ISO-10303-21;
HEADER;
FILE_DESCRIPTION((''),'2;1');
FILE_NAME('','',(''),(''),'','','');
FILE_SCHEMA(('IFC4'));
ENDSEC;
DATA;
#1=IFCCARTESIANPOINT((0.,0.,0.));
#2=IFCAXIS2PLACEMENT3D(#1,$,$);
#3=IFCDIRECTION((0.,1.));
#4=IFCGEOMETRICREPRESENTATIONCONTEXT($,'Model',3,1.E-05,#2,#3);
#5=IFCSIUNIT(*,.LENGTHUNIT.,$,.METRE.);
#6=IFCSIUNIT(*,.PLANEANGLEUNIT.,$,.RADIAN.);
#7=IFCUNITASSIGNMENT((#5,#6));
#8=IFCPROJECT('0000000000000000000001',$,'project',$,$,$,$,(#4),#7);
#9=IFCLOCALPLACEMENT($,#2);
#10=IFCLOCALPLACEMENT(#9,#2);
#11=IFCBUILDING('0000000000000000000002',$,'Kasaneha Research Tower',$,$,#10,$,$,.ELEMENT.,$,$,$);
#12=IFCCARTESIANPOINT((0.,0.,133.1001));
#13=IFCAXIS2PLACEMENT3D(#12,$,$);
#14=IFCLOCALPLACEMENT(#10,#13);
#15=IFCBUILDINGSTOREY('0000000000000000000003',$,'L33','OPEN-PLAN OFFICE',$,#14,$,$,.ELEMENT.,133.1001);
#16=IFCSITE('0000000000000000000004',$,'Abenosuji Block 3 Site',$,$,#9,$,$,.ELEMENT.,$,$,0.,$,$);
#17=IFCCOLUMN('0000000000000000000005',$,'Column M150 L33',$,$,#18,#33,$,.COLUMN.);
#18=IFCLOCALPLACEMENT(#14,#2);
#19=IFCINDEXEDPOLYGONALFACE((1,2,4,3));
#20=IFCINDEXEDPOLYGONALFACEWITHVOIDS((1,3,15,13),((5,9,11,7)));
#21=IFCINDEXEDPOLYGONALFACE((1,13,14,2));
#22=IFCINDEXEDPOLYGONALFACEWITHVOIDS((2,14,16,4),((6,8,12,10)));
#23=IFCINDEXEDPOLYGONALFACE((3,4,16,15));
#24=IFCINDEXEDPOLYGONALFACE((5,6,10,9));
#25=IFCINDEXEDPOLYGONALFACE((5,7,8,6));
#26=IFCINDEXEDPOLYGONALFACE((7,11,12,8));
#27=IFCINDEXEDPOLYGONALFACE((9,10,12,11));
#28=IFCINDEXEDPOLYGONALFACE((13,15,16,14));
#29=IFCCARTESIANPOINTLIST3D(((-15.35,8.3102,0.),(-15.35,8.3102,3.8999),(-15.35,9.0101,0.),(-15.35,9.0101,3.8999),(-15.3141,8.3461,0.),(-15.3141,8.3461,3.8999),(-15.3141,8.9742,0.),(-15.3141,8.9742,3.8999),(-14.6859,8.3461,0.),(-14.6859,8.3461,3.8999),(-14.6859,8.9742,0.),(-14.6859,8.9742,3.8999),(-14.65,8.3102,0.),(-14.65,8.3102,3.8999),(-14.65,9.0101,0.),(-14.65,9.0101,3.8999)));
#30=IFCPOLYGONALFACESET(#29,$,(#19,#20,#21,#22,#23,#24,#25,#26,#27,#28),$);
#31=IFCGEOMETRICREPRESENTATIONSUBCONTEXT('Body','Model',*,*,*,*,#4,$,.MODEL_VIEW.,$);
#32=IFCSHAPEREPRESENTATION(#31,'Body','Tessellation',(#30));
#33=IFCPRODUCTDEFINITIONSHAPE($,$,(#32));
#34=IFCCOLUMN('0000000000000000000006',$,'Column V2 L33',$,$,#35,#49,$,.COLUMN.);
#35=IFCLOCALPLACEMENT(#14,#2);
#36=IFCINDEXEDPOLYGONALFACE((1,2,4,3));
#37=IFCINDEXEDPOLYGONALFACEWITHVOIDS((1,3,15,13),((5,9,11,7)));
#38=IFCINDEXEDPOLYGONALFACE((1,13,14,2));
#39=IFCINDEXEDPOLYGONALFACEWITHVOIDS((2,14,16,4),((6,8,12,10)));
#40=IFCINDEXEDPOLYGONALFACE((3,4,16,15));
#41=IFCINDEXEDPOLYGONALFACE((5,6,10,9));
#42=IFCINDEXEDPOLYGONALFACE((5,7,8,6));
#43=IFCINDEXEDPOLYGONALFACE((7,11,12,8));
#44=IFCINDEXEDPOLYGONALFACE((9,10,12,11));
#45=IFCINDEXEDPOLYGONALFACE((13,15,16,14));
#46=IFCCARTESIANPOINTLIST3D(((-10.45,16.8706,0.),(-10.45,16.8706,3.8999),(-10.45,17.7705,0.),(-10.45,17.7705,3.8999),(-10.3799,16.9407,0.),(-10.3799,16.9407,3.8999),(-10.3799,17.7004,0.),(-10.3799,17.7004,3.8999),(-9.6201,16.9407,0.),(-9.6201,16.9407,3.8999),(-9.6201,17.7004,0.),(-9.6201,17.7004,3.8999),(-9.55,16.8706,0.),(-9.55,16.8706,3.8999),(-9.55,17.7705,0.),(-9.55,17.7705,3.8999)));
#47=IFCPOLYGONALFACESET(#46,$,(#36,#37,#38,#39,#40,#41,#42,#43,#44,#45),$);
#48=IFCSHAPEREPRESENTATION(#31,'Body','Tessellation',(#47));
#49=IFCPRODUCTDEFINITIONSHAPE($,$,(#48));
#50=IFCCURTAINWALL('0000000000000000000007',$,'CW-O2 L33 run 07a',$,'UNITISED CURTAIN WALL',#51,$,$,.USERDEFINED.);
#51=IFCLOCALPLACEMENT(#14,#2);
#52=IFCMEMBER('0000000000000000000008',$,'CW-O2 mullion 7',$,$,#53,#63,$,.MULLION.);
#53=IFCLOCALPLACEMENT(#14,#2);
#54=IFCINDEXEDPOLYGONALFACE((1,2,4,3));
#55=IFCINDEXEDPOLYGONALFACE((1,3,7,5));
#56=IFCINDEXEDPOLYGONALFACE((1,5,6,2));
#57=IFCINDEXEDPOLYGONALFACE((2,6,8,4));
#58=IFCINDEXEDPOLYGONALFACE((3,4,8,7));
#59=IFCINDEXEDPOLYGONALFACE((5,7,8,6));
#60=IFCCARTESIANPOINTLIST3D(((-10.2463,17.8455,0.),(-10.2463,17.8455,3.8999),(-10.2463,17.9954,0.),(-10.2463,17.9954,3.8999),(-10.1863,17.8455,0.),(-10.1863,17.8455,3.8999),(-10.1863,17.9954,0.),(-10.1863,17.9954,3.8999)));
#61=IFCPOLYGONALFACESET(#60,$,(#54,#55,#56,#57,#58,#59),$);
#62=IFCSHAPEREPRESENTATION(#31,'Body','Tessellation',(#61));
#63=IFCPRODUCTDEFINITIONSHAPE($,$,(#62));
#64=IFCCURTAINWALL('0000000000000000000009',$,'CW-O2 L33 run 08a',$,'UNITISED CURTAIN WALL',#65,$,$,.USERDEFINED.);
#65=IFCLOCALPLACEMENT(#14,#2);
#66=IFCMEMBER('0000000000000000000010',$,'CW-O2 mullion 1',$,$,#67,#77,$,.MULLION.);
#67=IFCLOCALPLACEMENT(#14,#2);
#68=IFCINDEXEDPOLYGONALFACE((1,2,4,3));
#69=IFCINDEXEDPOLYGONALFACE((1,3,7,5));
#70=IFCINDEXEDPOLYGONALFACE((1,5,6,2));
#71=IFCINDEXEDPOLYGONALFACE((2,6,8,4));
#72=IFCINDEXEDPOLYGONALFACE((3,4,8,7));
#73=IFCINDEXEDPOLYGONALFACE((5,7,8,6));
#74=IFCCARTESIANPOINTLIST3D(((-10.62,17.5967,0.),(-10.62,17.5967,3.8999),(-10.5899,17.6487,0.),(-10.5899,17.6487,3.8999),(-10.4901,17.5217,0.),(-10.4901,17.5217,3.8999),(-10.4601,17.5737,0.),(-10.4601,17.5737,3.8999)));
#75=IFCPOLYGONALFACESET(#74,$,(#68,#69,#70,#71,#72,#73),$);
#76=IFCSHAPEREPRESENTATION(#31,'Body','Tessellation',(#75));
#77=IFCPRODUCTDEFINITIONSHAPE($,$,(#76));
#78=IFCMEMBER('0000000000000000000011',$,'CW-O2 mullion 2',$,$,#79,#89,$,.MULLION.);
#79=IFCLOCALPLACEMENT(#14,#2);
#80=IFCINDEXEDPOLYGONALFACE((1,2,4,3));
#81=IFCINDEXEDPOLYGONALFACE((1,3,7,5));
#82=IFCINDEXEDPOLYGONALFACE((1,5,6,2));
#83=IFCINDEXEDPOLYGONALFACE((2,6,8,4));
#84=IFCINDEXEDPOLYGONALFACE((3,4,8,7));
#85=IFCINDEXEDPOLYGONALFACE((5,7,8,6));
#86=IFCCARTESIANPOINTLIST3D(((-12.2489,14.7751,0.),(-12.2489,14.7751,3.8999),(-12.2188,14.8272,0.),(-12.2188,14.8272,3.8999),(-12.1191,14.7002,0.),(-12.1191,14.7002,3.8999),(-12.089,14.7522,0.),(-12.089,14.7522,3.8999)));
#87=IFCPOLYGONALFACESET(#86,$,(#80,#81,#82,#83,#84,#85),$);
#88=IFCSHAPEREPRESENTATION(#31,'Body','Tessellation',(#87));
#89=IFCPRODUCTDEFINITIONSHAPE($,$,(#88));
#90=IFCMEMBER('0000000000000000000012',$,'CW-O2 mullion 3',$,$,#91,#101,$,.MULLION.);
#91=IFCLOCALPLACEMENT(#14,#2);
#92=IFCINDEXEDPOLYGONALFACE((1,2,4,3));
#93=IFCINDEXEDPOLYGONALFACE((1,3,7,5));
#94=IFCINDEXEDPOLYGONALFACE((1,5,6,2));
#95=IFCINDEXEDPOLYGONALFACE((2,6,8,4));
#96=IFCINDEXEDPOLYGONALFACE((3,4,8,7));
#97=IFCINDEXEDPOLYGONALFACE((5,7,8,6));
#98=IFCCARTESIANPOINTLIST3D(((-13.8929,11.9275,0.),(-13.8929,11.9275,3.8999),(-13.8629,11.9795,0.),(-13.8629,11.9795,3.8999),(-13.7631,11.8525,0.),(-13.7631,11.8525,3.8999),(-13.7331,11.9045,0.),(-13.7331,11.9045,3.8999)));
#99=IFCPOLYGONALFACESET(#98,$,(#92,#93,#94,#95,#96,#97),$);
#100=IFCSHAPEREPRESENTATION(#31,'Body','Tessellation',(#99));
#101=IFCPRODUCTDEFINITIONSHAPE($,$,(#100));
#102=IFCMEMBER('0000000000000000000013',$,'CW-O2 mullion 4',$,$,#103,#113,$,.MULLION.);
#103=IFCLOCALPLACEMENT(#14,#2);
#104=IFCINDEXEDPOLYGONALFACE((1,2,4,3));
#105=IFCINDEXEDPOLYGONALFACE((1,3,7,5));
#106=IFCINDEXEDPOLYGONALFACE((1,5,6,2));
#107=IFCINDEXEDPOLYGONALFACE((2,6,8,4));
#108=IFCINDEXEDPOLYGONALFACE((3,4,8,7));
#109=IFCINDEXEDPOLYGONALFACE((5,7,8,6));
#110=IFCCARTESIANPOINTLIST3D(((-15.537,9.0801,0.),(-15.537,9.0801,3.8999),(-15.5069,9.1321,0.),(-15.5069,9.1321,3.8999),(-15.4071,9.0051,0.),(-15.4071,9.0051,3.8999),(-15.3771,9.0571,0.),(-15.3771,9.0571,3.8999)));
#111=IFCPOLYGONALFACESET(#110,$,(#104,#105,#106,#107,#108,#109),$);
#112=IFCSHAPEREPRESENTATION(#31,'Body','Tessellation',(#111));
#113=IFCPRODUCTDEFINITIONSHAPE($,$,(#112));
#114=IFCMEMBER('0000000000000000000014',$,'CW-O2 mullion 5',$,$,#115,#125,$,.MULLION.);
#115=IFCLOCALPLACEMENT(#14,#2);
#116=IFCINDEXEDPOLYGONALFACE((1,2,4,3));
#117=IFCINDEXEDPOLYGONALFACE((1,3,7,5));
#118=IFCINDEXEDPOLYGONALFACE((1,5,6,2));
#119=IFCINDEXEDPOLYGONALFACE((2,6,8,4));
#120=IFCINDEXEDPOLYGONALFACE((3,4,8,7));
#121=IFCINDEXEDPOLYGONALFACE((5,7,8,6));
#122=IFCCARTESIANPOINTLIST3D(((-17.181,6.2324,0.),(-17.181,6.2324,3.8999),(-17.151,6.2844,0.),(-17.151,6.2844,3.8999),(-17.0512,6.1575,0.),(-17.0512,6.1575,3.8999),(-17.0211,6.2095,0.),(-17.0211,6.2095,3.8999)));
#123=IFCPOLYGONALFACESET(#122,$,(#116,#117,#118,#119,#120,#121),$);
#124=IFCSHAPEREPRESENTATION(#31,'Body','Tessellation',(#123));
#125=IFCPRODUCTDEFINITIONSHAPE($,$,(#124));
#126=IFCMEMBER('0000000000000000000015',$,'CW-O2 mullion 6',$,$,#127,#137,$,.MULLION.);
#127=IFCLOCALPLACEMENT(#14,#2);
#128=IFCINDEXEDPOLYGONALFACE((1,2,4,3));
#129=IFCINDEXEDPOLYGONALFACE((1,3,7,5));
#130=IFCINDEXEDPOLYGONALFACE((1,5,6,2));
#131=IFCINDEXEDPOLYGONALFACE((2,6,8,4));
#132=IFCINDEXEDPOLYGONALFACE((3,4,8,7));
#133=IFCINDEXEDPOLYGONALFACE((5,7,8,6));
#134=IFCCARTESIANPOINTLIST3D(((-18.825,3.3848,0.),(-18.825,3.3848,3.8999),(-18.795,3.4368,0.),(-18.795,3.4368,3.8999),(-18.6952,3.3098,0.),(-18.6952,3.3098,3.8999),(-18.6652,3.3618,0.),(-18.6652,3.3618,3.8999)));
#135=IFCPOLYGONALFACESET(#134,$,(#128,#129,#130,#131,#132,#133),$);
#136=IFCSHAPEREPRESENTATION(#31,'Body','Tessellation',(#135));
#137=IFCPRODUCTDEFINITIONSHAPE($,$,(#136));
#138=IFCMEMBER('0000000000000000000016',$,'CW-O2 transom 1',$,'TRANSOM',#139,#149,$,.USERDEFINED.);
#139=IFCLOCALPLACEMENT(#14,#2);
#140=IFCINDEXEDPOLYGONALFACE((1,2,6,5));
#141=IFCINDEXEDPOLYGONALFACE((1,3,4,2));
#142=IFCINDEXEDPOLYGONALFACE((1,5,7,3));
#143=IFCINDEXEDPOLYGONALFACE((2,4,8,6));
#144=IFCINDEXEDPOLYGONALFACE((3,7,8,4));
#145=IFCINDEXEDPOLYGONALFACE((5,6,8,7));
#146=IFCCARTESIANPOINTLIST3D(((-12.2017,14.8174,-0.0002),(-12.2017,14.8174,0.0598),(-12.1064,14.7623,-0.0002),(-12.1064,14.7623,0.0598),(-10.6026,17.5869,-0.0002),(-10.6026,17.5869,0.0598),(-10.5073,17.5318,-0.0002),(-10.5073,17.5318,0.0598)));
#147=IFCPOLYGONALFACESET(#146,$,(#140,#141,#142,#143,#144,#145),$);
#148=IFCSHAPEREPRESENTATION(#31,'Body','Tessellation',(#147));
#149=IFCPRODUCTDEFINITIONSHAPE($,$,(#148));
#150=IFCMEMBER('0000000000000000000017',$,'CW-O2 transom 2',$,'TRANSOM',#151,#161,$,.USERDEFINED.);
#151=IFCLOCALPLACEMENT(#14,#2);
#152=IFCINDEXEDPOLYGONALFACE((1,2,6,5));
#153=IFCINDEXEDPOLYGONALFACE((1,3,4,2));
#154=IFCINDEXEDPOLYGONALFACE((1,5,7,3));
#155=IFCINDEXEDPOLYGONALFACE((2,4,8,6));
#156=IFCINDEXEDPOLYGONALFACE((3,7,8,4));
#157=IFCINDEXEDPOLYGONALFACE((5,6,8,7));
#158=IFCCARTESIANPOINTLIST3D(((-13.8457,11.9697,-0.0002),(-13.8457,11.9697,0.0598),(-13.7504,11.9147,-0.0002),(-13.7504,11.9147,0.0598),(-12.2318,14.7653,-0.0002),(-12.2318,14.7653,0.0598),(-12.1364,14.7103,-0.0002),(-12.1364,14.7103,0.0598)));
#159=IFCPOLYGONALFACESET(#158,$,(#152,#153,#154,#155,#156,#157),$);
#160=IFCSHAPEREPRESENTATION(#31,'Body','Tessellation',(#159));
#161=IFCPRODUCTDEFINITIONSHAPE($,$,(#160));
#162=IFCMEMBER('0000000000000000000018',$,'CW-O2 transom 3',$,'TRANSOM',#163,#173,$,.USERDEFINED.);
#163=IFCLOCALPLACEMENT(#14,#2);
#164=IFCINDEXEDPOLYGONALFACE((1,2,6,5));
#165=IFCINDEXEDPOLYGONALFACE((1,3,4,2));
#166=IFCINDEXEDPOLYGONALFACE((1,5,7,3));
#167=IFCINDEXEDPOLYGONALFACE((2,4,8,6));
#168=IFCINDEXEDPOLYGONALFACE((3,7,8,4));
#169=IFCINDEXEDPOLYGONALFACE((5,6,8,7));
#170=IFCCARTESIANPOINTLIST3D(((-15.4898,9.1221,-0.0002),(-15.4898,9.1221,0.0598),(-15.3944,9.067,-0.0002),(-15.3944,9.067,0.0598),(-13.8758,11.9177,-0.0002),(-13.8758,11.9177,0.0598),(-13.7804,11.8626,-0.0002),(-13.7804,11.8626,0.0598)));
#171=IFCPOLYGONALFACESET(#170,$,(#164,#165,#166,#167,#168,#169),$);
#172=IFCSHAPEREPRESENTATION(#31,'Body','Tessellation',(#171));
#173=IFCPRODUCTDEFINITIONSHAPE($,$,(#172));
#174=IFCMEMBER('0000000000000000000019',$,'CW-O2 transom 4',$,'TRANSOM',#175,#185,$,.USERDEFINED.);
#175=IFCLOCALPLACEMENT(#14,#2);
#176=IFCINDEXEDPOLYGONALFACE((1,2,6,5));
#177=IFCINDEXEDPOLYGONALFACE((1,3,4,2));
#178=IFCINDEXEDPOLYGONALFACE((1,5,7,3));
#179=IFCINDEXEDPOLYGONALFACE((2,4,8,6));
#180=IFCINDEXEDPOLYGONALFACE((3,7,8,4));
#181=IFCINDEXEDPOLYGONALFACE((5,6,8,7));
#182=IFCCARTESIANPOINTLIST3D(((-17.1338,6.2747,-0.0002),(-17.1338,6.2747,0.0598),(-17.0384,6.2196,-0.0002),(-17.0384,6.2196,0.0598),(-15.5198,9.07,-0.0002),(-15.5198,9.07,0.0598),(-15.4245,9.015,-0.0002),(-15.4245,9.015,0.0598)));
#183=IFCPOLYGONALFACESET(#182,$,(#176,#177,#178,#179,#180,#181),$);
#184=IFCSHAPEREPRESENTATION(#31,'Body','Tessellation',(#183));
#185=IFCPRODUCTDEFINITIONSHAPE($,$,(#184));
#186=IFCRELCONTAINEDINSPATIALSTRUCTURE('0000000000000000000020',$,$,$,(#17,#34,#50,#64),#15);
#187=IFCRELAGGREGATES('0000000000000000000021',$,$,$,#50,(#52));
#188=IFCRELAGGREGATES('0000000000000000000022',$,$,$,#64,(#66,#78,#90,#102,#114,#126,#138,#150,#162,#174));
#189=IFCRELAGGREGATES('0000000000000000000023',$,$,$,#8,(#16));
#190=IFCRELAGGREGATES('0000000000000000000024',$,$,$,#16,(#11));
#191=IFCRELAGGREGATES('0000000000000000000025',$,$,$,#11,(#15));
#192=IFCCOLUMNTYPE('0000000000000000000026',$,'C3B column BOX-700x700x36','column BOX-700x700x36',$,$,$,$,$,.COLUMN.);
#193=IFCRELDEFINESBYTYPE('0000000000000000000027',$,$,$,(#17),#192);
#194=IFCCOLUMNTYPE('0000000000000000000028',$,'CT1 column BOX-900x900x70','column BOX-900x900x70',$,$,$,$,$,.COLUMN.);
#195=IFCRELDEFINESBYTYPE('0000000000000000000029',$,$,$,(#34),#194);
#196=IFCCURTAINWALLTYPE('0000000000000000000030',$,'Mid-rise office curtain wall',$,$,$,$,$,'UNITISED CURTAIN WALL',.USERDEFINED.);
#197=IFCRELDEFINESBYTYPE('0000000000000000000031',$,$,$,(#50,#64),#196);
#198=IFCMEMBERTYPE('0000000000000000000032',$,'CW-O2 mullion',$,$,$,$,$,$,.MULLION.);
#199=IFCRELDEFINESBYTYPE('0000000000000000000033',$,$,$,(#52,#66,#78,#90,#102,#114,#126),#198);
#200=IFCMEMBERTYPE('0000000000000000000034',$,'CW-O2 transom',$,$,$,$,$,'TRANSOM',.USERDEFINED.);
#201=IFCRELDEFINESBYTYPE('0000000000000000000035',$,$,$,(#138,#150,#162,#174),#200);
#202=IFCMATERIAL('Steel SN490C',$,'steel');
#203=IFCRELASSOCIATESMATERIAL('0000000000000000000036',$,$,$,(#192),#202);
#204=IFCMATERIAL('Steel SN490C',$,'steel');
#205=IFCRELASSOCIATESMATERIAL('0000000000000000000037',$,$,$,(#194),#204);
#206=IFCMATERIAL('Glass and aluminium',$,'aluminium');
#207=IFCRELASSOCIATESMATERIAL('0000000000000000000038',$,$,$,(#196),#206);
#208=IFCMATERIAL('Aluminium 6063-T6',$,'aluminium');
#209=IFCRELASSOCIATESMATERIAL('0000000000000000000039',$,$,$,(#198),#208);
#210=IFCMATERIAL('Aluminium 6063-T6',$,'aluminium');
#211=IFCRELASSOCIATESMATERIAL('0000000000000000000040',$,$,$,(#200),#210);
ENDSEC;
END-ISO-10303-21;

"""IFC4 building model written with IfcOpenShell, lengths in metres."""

from ifc_helpers import new_model, si_unit, direction, frame, origin, origin_2d, place, context, subcontext, project, spatial, rectangle, hollow_rectangle, extrude, material, material_profile, profile_set, type_object, element, aggregate, save


model = new_model("IFC4")

# Units and contexts
model_context = context("Model", 3, precision=1e-05, world=origin(), true_north=direction((0.0, 1.0)))
body_context = subcontext(model_context, "Body", "Model", "MODEL_VIEW")
ifc_project = project(units=[si_unit("LENGTHUNIT", "METRE"), si_unit("PLANEANGLEUNIT", "RADIAN")], contexts=[model_context])

# Site, building, storey
site_placement = place(None, origin())
site = spatial("IfcSite", under=ifc_project, at=site_placement, Name="Abenosuji Block 3 Site", CompositionType="ELEMENT", RefElevation=0.0)
building_placement = place(site_placement, origin())
building = spatial("IfcBuilding", under=site, at=building_placement, Name="Kasaneha Research Tower", CompositionType="ELEMENT")
storey_placement = place(building_placement, frame((0.0, 0.0, 133.1001)))
storey = spatial("IfcBuildingStorey", under=building, at=storey_placement, Name="L33", Description="OPEN-PLAN OFFICE", CompositionType="ELEMENT", Elevation=133.1001)

# Columns
ifc_material_1 = material(Name="Steel SN490C", Category="steel")
ifc_material_profile_1 = material_profile(ifc_material_1, hollow_rectangle(XDim=0.7, YDim=0.7, WallThickness=0.0359, at=origin_2d()), Name="BOX-700x700x36")
ifc_profile_set_1 = profile_set([ifc_material_profile_1], Name="Steel SN490C")
column_type_1 = type_object("IfcColumnType", Name="C3B column BOX-700x700x36", Description="column BOX-700x700x36", PredefinedType="COLUMN", material=ifc_profile_set_1)
column_1_placement = place(storey_placement, frame((-15.0, 8.6602, 0.0), z_axis=(0.0, 0.0, 1.0), x_axis=(1.0, 0.0, 0.0)))
element("IfcColumn", 1, at=column_1_placement, inside=storey, type_object=column_type_1, Name="Column M150 L33", PredefinedType="COLUMN", context=body_context, shape_type="SweptSolid", body=[
    extrude(hollow_rectangle(XDim=0.7, YDim=0.7, WallThickness=0.0359, at=origin_2d()), origin(), (0.0, 0.0, 1.0), 3.8999),
])
ifc_material_2 = material(Name="Steel SN490C", Category="steel")
ifc_material_profile_2 = material_profile(ifc_material_2, hollow_rectangle(XDim=0.8999, YDim=0.8999, WallThickness=0.0701, at=origin_2d()), Name="BOX-900x900x70")
ifc_profile_set_2 = profile_set([ifc_material_profile_2], Name="Steel SN490C")
column_type_2 = type_object("IfcColumnType", Name="CT1 column BOX-900x900x70", Description="column BOX-900x900x70", PredefinedType="COLUMN", material=ifc_profile_set_2)
column_2_placement = place(storey_placement, frame((-10.0, 17.3206, 0.0), z_axis=(0.0, 0.0, 1.0), x_axis=(1.0, 0.0, 0.0)))
element("IfcColumn", 2, at=column_2_placement, inside=storey, type_object=column_type_2, Name="Column V2 L33", PredefinedType="COLUMN", context=body_context, shape_type="SweptSolid", body=[
    extrude(hollow_rectangle(XDim=0.8999, YDim=0.8999, WallThickness=0.0701, at=origin_2d()), origin(), (0.0, 0.0, 1.0), 3.8999),
])

# Curtain wall, member
ifc_material_3 = material(Name="Glass and aluminium", Category="aluminium")
curtain_wall_type = type_object("IfcCurtainWallType", Name="Mid-rise office curtain wall", ElementType="UNITISED CURTAIN WALL", PredefinedType="USERDEFINED", material=ifc_material_3)
curtain_wall_1_placement = place(storey_placement, origin())
curtain_wall_1 = element("IfcCurtainWall", 3, at=curtain_wall_1_placement, inside=storey, type_object=curtain_wall_type, Name="CW-O2 L33 run 07a", ObjectType="UNITISED CURTAIN WALL", PredefinedType="USERDEFINED")
ifc_material_4 = material(Name="Aluminium 6063-T6", Category="aluminium")
ifc_material_profile_3 = material_profile(ifc_material_4, rectangle(XDim=0.0601, YDim=0.1499, at=origin_2d()), Name="CW-O2 mullion 60x150")
ifc_profile_set_3 = profile_set([ifc_material_profile_3], Name="Aluminium 6063-T6")
member_type_1 = type_object("IfcMemberType", Name="CW-O2 mullion", PredefinedType="MULLION", material=ifc_profile_set_3)
member_1_placement = place(storey_placement, frame((-10.2163, 17.9204, 0.0), z_axis=(0.0, 0.0, 1.0), x_axis=(-1.0, 0.0, 0.0)))
member_1 = element("IfcMember", 4, at=member_1_placement, type_object=member_type_1, Name="CW-O2 mullion 7", PredefinedType="MULLION", context=body_context, shape_type="SweptSolid", body=[
    extrude(rectangle(XDim=0.0601, YDim=0.1499, at=origin_2d()), origin(), (0.0, 0.0, 1.0), 3.8999),
])
aggregate(curtain_wall_1, [member_1])

# Curtain wall, members
curtain_wall_2_placement = place(storey_placement, origin())
curtain_wall_2 = element("IfcCurtainWall", 5, at=curtain_wall_2_placement, inside=storey, type_object=curtain_wall_type, Name="CW-O2 L33 run 08a", ObjectType="UNITISED CURTAIN WALL", PredefinedType="USERDEFINED")
member_2_placement = place(storey_placement, frame((-10.54, 17.5852, 0.0), z_axis=(0.0, 0.0, 1.0), x_axis=(-0.5, -0.866025, 0.0)))
member_2 = element("IfcMember", 6, at=member_2_placement, type_object=member_type_1, Name="CW-O2 mullion 1", PredefinedType="MULLION", context=body_context, shape_type="SweptSolid", body=[
    extrude(rectangle(XDim=0.0601, YDim=0.1499, at=origin_2d()), origin(), (0.0, 0.0, 1.0), 3.8999),
])
member_3_placement = place(storey_placement, frame((-12.1689, 14.7637, 0.0), z_axis=(0.0, 0.0, 1.0), x_axis=(-0.5, -0.866025, 0.0)))
member_3 = element("IfcMember", 7, at=member_3_placement, type_object=member_type_1, Name="CW-O2 mullion 2", PredefinedType="MULLION", context=body_context, shape_type="SweptSolid", body=[
    extrude(rectangle(XDim=0.0601, YDim=0.1499, at=origin_2d()), origin(), (0.0, 0.0, 1.0), 3.8999),
])
member_4_placement = place(storey_placement, frame((-13.813, 11.916, 0.0), z_axis=(0.0, 0.0, 1.0), x_axis=(-0.5, -0.866025, 0.0)))
member_4 = element("IfcMember", 8, at=member_4_placement, type_object=member_type_1, Name="CW-O2 mullion 3", PredefinedType="MULLION", context=body_context, shape_type="SweptSolid", body=[
    extrude(rectangle(XDim=0.0601, YDim=0.1499, at=origin_2d()), origin(), (0.0, 0.0, 1.0), 3.8999),
])
member_5_placement = place(storey_placement, frame((-15.457, 9.0686, 0.0), z_axis=(0.0, 0.0, 1.0), x_axis=(-0.5, -0.866025, 0.0)))
member_5 = element("IfcMember", 9, at=member_5_placement, type_object=member_type_1, Name="CW-O2 mullion 4", PredefinedType="MULLION", context=body_context, shape_type="SweptSolid", body=[
    extrude(rectangle(XDim=0.0601, YDim=0.1499, at=origin_2d()), origin(), (0.0, 0.0, 1.0), 3.8999),
])
member_6_placement = place(storey_placement, frame((-17.1011, 6.2209, 0.0), z_axis=(0.0, 0.0, 1.0), x_axis=(-0.5, -0.866025, 0.0)))
member_6 = element("IfcMember", 10, at=member_6_placement, type_object=member_type_1, Name="CW-O2 mullion 5", PredefinedType="MULLION", context=body_context, shape_type="SweptSolid", body=[
    extrude(rectangle(XDim=0.0601, YDim=0.1499, at=origin_2d()), origin(), (0.0, 0.0, 1.0), 3.8999),
])
member_7_placement = place(storey_placement, frame((-18.7451, 3.3733, 0.0), z_axis=(0.0, 0.0, 1.0), x_axis=(-0.5, -0.866025, 0.0)))
member_7 = element("IfcMember", 11, at=member_7_placement, type_object=member_type_1, Name="CW-O2 mullion 6", PredefinedType="MULLION", context=body_context, shape_type="SweptSolid", body=[
    extrude(rectangle(XDim=0.0601, YDim=0.1499, at=origin_2d()), origin(), (0.0, 0.0, 1.0), 3.8999),
])
ifc_material_5 = material(Name="Aluminium 6063-T6", Category="aluminium")
ifc_material_profile_4 = material_profile(ifc_material_5, rectangle(XDim=0.1101, YDim=0.0601, at=origin_2d()), Name="CW-O2 transom 110x60")
ifc_profile_set_4 = profile_set([ifc_material_profile_4], Name="Aluminium 6063-T6")
member_type_2 = type_object("IfcMemberType", Name="CW-O2 transom", ElementType="TRANSOM", PredefinedType="USERDEFINED", material=ifc_profile_set_4)
member_8_placement = place(storey_placement, frame((-10.5549, 17.5593, 0.0298), z_axis=(-0.500031, -0.866008, 0.0), x_axis=(0.866008, -0.500031, 0.0)))
member_8 = element("IfcMember", 12, at=member_8_placement, type_object=member_type_2, Name="CW-O2 transom 1", ObjectType="TRANSOM", PredefinedType="USERDEFINED", context=body_context, shape_type="SweptSolid", body=[
    extrude(rectangle(XDim=0.1101, YDim=0.0601, at=origin_2d()), origin(), (0.0, 0.0, 1.0), 3.198),
])
member_9_placement = place(storey_placement, frame((-12.1841, 14.7378, 0.0298), z_axis=(-0.499987, -0.866033, 0.0), x_axis=(0.866033, -0.499987, 0.0)))
member_9 = element("IfcMember", 13, at=member_9_placement, type_object=member_type_2, Name="CW-O2 transom 2", ObjectType="TRANSOM", PredefinedType="USERDEFINED", context=body_context, shape_type="SweptSolid", body=[
    extrude(rectangle(XDim=0.1101, YDim=0.0601, at=origin_2d()), origin(), (0.0, 0.0, 1.0), 3.228),
])
member_10_placement = place(storey_placement, frame((-13.8281, 11.8901, 0.0298), z_axis=(-0.499987, -0.866033, 0.0), x_axis=(0.866033, -0.499987, 0.0)))
member_10 = element("IfcMember", 14, at=member_10_placement, type_object=member_type_2, Name="CW-O2 transom 3", ObjectType="TRANSOM", PredefinedType="USERDEFINED", context=body_context, shape_type="SweptSolid", body=[
    extrude(rectangle(XDim=0.1101, YDim=0.0601, at=origin_2d()), origin(), (0.0, 0.0, 1.0), 3.228),
])
member_11_placement = place(storey_placement, frame((-15.4722, 9.0425, 0.0298), z_axis=(-0.500019, -0.866014, 0.0), x_axis=(0.866014, -0.500019, 0.0)))
member_11 = element("IfcMember", 15, at=member_11_placement, type_object=member_type_2, Name="CW-O2 transom 4", ObjectType="TRANSOM", PredefinedType="USERDEFINED", context=body_context, shape_type="SweptSolid", body=[
    extrude(rectangle(XDim=0.1101, YDim=0.0601, at=origin_2d()), origin(), (0.0, 0.0, 1.0), 3.2278),
])

aggregate(curtain_wall_2, [member_2, member_3, member_4, member_5, member_6, member_7, member_8, member_9, member_10, member_11])

save(model, "model.ifc")
